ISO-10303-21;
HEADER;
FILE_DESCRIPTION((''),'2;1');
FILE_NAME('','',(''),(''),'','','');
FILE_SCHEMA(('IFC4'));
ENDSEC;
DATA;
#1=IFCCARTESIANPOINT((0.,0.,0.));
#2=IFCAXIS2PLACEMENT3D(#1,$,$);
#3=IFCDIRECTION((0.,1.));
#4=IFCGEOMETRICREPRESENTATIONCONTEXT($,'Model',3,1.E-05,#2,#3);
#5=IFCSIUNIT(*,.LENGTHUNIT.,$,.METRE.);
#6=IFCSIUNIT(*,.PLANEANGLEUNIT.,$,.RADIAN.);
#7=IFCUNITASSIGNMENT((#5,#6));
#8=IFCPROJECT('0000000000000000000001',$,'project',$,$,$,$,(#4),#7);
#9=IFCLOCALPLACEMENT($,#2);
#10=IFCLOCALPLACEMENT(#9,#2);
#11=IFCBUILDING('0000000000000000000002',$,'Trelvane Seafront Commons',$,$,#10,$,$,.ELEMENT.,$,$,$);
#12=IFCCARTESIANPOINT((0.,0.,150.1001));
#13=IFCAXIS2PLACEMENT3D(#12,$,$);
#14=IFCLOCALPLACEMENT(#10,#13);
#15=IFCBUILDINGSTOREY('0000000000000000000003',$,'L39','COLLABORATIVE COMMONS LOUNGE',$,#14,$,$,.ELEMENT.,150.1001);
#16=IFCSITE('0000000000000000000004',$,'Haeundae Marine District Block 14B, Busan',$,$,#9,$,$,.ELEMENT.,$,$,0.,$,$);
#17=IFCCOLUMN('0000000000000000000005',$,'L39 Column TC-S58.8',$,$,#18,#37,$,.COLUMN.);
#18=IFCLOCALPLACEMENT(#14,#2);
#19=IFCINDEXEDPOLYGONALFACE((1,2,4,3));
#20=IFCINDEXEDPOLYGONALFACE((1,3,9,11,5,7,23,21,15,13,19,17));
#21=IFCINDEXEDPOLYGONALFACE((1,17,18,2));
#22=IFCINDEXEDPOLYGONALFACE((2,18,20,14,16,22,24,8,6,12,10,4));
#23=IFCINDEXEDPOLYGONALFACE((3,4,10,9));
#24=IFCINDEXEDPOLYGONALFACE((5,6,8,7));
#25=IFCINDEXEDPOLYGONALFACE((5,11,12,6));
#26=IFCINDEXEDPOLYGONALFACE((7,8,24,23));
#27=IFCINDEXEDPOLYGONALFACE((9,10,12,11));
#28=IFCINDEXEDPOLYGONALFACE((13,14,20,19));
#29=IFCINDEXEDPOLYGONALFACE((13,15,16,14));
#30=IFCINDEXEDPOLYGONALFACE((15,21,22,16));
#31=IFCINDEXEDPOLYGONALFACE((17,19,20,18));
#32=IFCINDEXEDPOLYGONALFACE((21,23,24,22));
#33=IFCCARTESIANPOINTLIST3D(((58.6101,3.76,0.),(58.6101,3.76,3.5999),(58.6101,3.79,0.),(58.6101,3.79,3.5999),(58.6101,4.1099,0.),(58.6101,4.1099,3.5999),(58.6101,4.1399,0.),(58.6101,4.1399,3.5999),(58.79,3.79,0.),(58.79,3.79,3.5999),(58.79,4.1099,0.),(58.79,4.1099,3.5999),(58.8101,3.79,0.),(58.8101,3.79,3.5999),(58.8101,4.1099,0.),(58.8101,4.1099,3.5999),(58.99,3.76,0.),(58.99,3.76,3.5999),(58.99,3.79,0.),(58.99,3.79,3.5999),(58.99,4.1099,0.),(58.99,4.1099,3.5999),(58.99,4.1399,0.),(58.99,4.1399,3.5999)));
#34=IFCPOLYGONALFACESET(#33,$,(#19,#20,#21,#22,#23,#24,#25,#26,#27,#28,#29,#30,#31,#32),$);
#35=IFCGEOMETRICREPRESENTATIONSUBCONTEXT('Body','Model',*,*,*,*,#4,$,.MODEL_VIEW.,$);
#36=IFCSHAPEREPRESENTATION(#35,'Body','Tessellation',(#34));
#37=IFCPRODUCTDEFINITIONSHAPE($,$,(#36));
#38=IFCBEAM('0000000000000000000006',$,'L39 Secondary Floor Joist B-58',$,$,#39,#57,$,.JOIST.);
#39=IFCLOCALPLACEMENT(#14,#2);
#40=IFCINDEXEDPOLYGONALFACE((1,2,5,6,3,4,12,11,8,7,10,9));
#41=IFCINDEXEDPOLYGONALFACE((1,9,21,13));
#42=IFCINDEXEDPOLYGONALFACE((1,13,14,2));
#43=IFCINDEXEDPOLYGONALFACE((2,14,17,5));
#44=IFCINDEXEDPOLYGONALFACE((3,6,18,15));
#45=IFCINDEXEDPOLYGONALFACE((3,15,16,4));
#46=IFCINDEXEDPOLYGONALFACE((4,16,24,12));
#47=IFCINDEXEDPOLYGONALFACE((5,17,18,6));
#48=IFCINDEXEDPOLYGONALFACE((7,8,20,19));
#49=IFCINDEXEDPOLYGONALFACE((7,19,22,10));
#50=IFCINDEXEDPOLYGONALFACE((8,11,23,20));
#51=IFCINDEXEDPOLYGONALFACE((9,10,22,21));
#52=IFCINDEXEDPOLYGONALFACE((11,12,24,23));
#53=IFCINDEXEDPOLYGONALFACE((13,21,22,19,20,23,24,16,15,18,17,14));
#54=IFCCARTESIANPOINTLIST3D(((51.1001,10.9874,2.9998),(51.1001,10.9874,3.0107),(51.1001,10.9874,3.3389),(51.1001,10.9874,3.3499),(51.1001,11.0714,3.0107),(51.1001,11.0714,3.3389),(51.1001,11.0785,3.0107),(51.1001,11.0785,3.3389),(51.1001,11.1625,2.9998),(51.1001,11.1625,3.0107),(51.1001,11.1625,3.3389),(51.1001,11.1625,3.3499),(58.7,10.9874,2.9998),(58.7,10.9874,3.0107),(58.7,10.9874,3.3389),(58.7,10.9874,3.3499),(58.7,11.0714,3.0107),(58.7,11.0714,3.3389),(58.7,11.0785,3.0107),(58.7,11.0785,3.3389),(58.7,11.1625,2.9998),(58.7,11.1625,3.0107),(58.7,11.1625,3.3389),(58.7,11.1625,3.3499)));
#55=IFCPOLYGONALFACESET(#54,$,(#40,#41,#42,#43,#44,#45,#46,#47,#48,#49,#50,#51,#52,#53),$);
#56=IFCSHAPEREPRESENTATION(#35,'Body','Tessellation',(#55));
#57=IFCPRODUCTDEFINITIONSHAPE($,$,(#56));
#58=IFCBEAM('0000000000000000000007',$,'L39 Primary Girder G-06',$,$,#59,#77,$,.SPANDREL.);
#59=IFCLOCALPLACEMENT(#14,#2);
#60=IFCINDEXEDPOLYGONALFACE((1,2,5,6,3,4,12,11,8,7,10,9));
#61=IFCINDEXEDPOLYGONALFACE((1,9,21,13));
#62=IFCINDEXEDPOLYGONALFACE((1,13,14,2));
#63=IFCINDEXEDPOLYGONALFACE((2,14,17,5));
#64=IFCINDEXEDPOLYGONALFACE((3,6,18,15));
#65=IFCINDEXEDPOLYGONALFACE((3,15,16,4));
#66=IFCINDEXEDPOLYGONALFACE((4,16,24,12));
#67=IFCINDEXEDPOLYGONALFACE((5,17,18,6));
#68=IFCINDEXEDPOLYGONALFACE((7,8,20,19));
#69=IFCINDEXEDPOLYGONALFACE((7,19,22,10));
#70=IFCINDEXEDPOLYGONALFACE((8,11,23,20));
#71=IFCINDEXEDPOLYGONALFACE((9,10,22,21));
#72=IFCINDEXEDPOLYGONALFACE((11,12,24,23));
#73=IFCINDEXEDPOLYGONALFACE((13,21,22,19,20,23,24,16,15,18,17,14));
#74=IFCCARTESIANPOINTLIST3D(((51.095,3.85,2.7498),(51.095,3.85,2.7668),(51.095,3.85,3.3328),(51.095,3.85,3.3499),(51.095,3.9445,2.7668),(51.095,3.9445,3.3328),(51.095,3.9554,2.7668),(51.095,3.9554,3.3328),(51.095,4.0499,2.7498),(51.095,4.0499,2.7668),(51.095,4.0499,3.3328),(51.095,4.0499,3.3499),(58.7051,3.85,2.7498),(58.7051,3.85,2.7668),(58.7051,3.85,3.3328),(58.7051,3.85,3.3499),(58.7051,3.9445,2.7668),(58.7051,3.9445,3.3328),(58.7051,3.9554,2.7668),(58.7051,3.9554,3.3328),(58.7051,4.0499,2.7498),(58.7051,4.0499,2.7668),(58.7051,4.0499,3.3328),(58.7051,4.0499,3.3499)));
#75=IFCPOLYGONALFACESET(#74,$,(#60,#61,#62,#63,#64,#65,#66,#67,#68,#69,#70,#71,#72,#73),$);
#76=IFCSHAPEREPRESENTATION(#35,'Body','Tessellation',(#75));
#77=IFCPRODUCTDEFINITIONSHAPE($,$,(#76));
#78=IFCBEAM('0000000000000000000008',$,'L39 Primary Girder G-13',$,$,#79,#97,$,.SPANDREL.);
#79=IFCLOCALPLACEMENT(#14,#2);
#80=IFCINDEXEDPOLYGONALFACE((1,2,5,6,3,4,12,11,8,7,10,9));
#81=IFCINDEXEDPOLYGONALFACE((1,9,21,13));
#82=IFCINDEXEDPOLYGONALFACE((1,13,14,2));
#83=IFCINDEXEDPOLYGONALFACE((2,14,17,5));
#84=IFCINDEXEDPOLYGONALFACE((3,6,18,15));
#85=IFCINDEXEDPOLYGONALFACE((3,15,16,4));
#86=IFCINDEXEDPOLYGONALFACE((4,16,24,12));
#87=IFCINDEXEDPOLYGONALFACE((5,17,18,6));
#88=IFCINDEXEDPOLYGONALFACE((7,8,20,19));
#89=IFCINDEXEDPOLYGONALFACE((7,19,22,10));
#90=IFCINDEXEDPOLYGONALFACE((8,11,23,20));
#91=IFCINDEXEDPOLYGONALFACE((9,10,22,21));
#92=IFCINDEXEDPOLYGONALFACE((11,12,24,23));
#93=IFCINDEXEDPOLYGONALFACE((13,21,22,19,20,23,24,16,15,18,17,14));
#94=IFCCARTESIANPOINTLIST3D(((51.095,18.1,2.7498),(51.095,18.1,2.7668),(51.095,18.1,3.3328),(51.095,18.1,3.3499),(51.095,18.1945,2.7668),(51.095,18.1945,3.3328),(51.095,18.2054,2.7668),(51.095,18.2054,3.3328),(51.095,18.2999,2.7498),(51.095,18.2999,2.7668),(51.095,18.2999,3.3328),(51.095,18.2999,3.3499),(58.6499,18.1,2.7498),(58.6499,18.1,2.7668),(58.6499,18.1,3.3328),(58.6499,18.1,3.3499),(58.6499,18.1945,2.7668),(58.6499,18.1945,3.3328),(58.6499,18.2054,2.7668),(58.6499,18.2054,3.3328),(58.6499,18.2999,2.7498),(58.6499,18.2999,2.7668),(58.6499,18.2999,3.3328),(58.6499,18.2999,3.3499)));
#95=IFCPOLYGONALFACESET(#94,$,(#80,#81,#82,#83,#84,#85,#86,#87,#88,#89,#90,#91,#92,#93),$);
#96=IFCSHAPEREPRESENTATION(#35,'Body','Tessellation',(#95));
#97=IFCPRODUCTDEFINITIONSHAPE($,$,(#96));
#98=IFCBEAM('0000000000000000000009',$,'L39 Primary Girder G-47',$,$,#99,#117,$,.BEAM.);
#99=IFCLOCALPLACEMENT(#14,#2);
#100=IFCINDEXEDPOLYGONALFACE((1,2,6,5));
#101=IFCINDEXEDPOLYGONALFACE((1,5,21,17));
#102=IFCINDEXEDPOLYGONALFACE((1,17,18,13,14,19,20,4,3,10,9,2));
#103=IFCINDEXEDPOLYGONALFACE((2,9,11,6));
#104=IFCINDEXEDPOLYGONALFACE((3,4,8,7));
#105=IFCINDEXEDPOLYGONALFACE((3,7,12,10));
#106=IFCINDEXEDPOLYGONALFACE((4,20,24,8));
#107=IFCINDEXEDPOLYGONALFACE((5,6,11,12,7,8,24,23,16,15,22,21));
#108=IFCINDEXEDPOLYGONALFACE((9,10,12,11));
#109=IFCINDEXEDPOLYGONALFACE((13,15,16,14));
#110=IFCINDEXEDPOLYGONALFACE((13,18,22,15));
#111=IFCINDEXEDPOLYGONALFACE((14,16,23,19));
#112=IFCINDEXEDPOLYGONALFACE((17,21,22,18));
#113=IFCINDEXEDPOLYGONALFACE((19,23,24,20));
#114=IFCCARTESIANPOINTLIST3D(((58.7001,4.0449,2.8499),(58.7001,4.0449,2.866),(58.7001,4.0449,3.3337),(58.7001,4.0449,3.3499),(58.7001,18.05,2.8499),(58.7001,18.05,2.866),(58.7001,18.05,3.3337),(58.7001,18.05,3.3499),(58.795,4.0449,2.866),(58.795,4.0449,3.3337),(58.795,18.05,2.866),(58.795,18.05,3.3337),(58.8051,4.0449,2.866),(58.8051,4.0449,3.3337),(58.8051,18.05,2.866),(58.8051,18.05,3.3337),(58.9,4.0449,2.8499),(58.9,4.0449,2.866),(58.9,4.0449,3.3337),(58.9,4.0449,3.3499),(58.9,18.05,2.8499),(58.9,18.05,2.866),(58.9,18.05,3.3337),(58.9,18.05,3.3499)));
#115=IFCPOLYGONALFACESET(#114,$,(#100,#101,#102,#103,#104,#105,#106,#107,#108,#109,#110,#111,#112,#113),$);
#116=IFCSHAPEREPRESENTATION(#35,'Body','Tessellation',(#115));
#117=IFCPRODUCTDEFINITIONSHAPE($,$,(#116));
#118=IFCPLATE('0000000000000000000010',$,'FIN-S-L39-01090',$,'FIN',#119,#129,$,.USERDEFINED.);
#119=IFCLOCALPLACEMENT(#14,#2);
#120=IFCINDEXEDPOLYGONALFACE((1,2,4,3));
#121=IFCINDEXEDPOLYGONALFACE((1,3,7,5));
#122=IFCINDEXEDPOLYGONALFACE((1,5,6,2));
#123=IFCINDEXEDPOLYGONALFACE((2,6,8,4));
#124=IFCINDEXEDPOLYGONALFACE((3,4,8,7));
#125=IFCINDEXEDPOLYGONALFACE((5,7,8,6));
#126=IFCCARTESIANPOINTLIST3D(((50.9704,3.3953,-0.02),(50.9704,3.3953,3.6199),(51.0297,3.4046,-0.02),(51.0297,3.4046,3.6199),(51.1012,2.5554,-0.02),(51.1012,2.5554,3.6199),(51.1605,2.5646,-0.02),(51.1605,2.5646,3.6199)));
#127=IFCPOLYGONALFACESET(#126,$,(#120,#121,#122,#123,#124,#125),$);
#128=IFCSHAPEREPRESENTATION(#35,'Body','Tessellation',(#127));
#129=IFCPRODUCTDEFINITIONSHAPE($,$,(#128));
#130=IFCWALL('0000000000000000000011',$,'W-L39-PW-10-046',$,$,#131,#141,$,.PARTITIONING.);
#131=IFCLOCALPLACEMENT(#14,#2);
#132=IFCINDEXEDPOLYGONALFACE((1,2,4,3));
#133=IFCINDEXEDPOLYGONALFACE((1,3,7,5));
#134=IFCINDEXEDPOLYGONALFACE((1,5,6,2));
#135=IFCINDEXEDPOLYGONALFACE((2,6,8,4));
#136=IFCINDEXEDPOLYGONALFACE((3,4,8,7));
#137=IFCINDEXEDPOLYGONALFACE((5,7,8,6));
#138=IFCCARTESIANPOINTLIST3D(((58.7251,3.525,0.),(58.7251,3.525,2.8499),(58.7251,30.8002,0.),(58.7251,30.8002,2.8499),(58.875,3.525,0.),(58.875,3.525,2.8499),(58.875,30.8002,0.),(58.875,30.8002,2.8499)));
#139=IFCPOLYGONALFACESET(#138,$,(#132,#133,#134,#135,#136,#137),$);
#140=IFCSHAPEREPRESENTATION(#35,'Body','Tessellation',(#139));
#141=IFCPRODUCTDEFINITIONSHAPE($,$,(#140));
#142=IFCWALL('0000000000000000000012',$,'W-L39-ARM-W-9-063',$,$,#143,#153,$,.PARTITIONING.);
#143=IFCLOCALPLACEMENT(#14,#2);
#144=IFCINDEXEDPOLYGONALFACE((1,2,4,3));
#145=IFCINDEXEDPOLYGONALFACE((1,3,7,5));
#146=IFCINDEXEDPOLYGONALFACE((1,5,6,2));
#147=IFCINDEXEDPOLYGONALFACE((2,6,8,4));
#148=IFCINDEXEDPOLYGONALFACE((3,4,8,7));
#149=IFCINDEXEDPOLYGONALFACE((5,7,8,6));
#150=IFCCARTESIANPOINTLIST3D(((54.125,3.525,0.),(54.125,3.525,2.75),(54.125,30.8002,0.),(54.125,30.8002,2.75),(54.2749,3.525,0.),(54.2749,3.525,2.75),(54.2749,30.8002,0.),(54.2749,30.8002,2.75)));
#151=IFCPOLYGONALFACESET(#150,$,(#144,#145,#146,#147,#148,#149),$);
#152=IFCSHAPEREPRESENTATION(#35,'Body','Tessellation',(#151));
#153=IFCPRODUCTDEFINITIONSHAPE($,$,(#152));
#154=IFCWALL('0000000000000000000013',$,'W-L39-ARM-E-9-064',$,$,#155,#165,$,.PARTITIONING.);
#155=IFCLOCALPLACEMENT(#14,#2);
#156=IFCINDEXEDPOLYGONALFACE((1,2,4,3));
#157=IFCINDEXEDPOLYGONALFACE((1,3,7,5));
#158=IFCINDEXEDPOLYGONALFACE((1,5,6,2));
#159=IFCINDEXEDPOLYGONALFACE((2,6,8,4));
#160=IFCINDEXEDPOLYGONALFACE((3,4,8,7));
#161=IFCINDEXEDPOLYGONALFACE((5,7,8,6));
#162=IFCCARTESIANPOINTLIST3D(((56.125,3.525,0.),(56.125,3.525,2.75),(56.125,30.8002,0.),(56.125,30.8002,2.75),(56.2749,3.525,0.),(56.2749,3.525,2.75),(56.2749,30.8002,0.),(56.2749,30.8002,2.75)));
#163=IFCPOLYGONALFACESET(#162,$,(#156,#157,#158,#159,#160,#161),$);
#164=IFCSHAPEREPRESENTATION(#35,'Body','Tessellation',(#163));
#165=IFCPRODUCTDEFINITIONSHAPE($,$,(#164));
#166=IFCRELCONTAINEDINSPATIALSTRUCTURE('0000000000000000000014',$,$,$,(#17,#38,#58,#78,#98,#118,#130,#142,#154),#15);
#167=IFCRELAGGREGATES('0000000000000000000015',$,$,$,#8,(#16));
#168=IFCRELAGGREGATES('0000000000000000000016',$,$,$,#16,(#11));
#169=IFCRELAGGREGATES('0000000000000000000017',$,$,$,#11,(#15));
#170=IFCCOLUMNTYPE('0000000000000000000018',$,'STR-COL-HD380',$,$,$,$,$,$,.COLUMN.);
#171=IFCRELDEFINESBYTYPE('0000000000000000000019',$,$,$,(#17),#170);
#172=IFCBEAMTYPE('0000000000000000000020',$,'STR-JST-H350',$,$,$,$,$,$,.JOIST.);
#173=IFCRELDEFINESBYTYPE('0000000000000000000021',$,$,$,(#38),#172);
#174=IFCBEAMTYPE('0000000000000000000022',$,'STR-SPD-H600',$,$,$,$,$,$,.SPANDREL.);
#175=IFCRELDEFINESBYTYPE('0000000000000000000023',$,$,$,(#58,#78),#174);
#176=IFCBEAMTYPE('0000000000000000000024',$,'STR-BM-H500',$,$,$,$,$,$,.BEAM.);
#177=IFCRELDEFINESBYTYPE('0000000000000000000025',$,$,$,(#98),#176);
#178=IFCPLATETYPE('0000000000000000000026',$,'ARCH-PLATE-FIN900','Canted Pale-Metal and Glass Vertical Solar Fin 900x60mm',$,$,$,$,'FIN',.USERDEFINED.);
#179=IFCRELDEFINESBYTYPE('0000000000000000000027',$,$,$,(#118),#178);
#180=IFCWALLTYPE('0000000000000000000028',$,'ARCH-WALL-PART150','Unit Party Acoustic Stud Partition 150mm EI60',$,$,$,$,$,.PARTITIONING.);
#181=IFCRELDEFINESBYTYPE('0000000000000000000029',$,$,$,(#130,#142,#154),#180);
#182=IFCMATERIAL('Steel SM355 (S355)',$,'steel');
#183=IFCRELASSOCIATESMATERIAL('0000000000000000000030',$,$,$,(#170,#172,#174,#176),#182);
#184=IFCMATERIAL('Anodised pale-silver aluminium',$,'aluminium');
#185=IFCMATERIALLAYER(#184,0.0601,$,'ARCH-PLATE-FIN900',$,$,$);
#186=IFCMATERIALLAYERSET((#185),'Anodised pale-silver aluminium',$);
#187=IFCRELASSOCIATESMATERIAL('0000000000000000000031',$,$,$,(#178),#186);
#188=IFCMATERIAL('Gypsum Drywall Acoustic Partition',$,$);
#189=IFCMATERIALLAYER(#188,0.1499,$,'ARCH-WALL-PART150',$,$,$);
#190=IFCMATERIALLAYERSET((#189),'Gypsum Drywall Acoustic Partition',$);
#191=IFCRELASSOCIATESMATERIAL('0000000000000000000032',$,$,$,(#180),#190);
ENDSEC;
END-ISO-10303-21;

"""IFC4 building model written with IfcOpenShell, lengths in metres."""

from ifc_helpers import new_model, si_unit, direction, frame, frame_2d, origin, origin_2d, place, context, subcontext, project, spatial, rectangle, i_section, extrude, source, transform, mapped, material, layer, layer_set, material_profile, profile_set, type_object, element, save


model = new_model("IFC4")

# Units and contexts
model_context = context("Model", 3, precision=1e-05, world=origin(), true_north=direction((0.0, 1.0)))
body_context = subcontext(model_context, "Body", "Model", "MODEL_VIEW")
ifc_project = project(units=[si_unit("LENGTHUNIT", "METRE"), si_unit("PLANEANGLEUNIT", "RADIAN")], contexts=[model_context])

# Site, building, storey
site_placement = place(None, origin())
site = spatial("IfcSite", under=ifc_project, at=site_placement, Name="Haeundae Marine District Block 14B, Busan", CompositionType="ELEMENT", RefElevation=0.0)
building_placement = place(site_placement, origin())
building = spatial("IfcBuilding", under=site, at=building_placement, Name="Trelvane Seafront Commons", CompositionType="ELEMENT")
storey_placement = place(building_placement, frame((0.0, 0.0, 150.1001)))
storey = spatial("IfcBuildingStorey", under=building, at=storey_placement, Name="L39", Description="COLLABORATIVE COMMONS LOUNGE", CompositionType="ELEMENT", Elevation=150.1001)

# Column
ifc_material_1 = material(Name="Steel SM355 (S355)", Category="steel")
ifc_material_profile_1 = material_profile(ifc_material_1, i_section(OverallWidth=0.3799, OverallDepth=0.3799, WebThickness=0.02, FlangeThickness=0.03, at=origin_2d()), Name="HD-380x380x20x30")
ifc_profile_set_1 = profile_set([ifc_material_profile_1], Name="Steel SM355 (S355)")
column_type = type_object("IfcColumnType", Name="STR-COL-HD380", PredefinedType="COLUMN", material=ifc_profile_set_1)
shared_shape_1 = source(origin(), body_context, "Body", "SweptSolid", [
    extrude(i_section(OverallWidth=0.3799, OverallDepth=0.3799, WebThickness=0.02, FlangeThickness=0.03, at=origin_2d()), origin(), (0.0, 0.0, 1.0), 3.5999),
])
column_placement = place(storey_placement, frame((58.8, 3.95, 0.0), z_axis=(0.0, 0.0, 1.0), x_axis=(1.0, 0.0, 0.0)))
element("IfcColumn", 1, at=column_placement, inside=storey, type_object=column_type, Name="L39 Column TC-S58.8", PredefinedType="COLUMN", context=body_context, shape_type="MappedRepresentation", body=[
    mapped(shared_shape_1, transform((0.0, 0.0, 0.0), x_axis=(1.0, 0.0, 0.0), y_axis=(0.0, 1.0, 0.0), z_axis=(0.0, 0.0, 1.0), scale=1.0)),
])

# Beams
ifc_material_profile_2 = material_profile(ifc_material_1, i_section(OverallWidth=0.175, OverallDepth=0.3501, WebThickness=0.0071, FlangeThickness=0.011, at=origin_2d()), Name="H-350x175x7x11")
ifc_profile_set_2 = profile_set([ifc_material_profile_2], Name="Steel SM355 (S355)")
beam_type_1 = type_object("IfcBeamType", Name="STR-JST-H350", PredefinedType="JOIST", material=ifc_profile_set_2)
shared_shape_2 = source(origin(), body_context, "Body", "SweptSolid", [
    extrude(i_section(OverallWidth=0.175, OverallDepth=0.3501, WebThickness=0.0071, FlangeThickness=0.011, at=origin_2d()), origin(), (0.0, 0.0, 1.0), 7.5999),
])
beam_1_placement = place(storey_placement, frame((51.1001, 11.075, 3.1748), z_axis=(1.0, 0.0, 0.0), x_axis=(0.0, 1.0, 0.0)))
element("IfcBeam", 2, at=beam_1_placement, inside=storey, type_object=beam_type_1, Name="L39 Secondary Floor Joist B-58", PredefinedType="JOIST", context=body_context, shape_type="MappedRepresentation", body=[
    mapped(shared_shape_2, transform((0.0, 0.0, 0.0), x_axis=(1.0, 0.0, 0.0), y_axis=(0.0, 1.0, 0.0), z_axis=(0.0, 0.0, 1.0), scale=1.0)),
])
ifc_material_profile_3 = material_profile(ifc_material_1, i_section(OverallWidth=0.2, OverallDepth=0.6001, WebThickness=0.011, FlangeThickness=0.0171, at=origin_2d()), Name="H-600x200x11x17")
ifc_profile_set_3 = profile_set([ifc_material_profile_3], Name="Steel SM355 (S355)")
beam_type_2 = type_object("IfcBeamType", Name="STR-SPD-H600", PredefinedType="SPANDREL", material=ifc_profile_set_3)
shared_shape_3 = source(origin(), body_context, "Body", "SweptSolid", [
    extrude(i_section(OverallWidth=0.2, OverallDepth=0.6001, WebThickness=0.011, FlangeThickness=0.0171, at=origin_2d()), origin(), (0.0, 0.0, 1.0), 7.6101),
])
beam_2_placement = place(storey_placement, frame((51.095, 3.95, 3.0498), z_axis=(1.0, 0.0, 0.0), x_axis=(0.0, 1.0, 0.0)))
element("IfcBeam", 3, at=beam_2_placement, inside=storey, type_object=beam_type_2, Name="L39 Primary Girder G-06", PredefinedType="SPANDREL", context=body_context, shape_type="MappedRepresentation", body=[
    mapped(shared_shape_3, transform((0.0, 0.0, 0.0), x_axis=(1.0, 0.0, 0.0), y_axis=(0.0, 1.0, 0.0), z_axis=(0.0, 0.0, 1.0), scale=1.0)),
])
shared_shape_4 = source(origin(), body_context, "Body", "SweptSolid", [
    extrude(i_section(OverallWidth=0.2, OverallDepth=0.6001, WebThickness=0.011, FlangeThickness=0.0171, at=origin_2d()), origin(), (0.0, 0.0, 1.0), 7.5549),
])
beam_3_placement = place(storey_placement, frame((51.095, 18.2, 3.0498), z_axis=(1.0, 0.0, 0.0), x_axis=(0.0, 1.0, 0.0)))
element("IfcBeam", 4, at=beam_3_placement, inside=storey, type_object=beam_type_2, Name="L39 Primary Girder G-13", PredefinedType="SPANDREL", context=body_context, shape_type="MappedRepresentation", body=[
    mapped(shared_shape_4, transform((0.0, 0.0, 0.0), x_axis=(1.0, 0.0, 0.0), y_axis=(0.0, 1.0, 0.0), z_axis=(0.0, 0.0, 1.0), scale=1.0)),
])
ifc_material_profile_4 = material_profile(ifc_material_1, i_section(OverallWidth=0.2, OverallDepth=0.5, WebThickness=0.01, FlangeThickness=0.0161, at=origin_2d()), Name="H-500x200x10x16")
ifc_profile_set_4 = profile_set([ifc_material_profile_4], Name="Steel SM355 (S355)")
beam_type_3 = type_object("IfcBeamType", Name="STR-BM-H500", PredefinedType="BEAM", material=ifc_profile_set_4)
shared_shape_5 = source(origin(), body_context, "Body", "SweptSolid", [
    extrude(i_section(OverallWidth=0.2, OverallDepth=0.5, WebThickness=0.01, FlangeThickness=0.0161, at=origin_2d()), origin(), (0.0, 0.0, 1.0), 14.0051),
])
beam_4_placement = place(storey_placement, frame((58.8, 4.0449, 3.0999), z_axis=(0.0, 1.0, 0.0), x_axis=(-1.0, 0.0, 0.0)))
element("IfcBeam", 5, at=beam_4_placement, inside=storey, type_object=beam_type_3, Name="L39 Primary Girder G-47", PredefinedType="BEAM", context=body_context, shape_type="MappedRepresentation", body=[
    mapped(shared_shape_5, transform((0.0, 0.0, 0.0), x_axis=(1.0, 0.0, 0.0), y_axis=(0.0, 1.0, 0.0), z_axis=(0.0, 0.0, 1.0), scale=1.0)),
])

# Plate
ifc_material_2 = material(Name="Anodised pale-silver aluminium", Category="aluminium")
ifc_layer_1 = layer(ifc_material_2, 0.0601, Name="ARCH-PLATE-FIN900")
ifc_layer_set_1 = layer_set([ifc_layer_1], Name="Anodised pale-silver aluminium")
plate_type = type_object("IfcPlateType", Name="ARCH-PLATE-FIN900", Description="Canted Pale-Metal and Glass Vertical Solar Fin 900x60mm", ElementType="FIN", PredefinedType="USERDEFINED", material=ifc_layer_set_1)
shared_shape_6 = source(origin(), body_context, "Body", "SweptSolid", [
    extrude(rectangle(XDim=0.8501, YDim=0.0601, at=origin_2d()), origin(), (0.0, 0.0, 1.0), 3.6399),
])
plate_placement = place(storey_placement, frame((51.0654, 2.98, -0.02), z_axis=(0.0, 0.0, 1.0), x_axis=(0.153877, -0.98809, 0.0)))
element("IfcPlate", 6, at=plate_placement, inside=storey, type_object=plate_type, Name="FIN-S-L39-01090", ObjectType="FIN", PredefinedType="USERDEFINED", context=body_context, shape_type="MappedRepresentation", body=[
    mapped(shared_shape_6, transform((0.0, 0.0, 0.0), x_axis=(1.0, 0.0, 0.0), y_axis=(0.0, 1.0, 0.0), z_axis=(0.0, 0.0, 1.0), scale=1.0)),
])

# Shared definitions
ifc_material_3 = material(Name="Gypsum Drywall Acoustic Partition")

# Walls
ifc_layer_2 = layer(ifc_material_3, 0.1499, Name="ARCH-WALL-PART150")
ifc_layer_set_2 = layer_set([ifc_layer_2], Name="Gypsum Drywall Acoustic Partition")
wall_type_1 = type_object("IfcWallType", Name="ARCH-WALL-PART150", Description="Unit Party Acoustic Stud Partition 150mm EI60", PredefinedType="PARTITIONING", material=ifc_layer_set_2)
wall_1_placement = place(storey_placement, frame((58.8, 3.5249, 0.0), z_axis=(0.0, 0.0, 1.0), x_axis=(0.0, 1.0, 0.0)))
element("IfcWall", 7, at=wall_1_placement, inside=storey, type_object=wall_type_1, Name="W-L39-PW-10-046", PredefinedType="PARTITIONING", context=body_context, shape_type="SweptSolid", body=[
    extrude(rectangle(XDim=27.2751, YDim=0.1499, at=frame_2d((13.6377, 0.0))), origin(), (0.0, 0.0, 1.0), 2.8499),
])
for number, where, z_axis, x_axis, name in (
    (8, (54.2, 3.5249, 0.0), (0.0, 0.0, 1.0), (0.0, 1.0, 0.0), "W-L39-ARM-W-9-063"),
    (9, (56.2, 3.5249, 0.0), (0.0, 0.0, 1.0), (0.0, 1.0, 0.0), "W-L39-ARM-E-9-064"),
):
    element("IfcWall", number, at=place(storey_placement, frame(where, z_axis=z_axis, x_axis=x_axis)), inside=storey, type_object=wall_type_1, Name=name, PredefinedType="PARTITIONING", context=body_context, shape_type="SweptSolid", body=[
        extrude(rectangle(XDim=27.2751, YDim=0.1499, at=frame_2d((13.6377, 0.0))), origin(), (0.0, 0.0, 1.0), 2.75),
    ])

save(model, "model.ifc")
